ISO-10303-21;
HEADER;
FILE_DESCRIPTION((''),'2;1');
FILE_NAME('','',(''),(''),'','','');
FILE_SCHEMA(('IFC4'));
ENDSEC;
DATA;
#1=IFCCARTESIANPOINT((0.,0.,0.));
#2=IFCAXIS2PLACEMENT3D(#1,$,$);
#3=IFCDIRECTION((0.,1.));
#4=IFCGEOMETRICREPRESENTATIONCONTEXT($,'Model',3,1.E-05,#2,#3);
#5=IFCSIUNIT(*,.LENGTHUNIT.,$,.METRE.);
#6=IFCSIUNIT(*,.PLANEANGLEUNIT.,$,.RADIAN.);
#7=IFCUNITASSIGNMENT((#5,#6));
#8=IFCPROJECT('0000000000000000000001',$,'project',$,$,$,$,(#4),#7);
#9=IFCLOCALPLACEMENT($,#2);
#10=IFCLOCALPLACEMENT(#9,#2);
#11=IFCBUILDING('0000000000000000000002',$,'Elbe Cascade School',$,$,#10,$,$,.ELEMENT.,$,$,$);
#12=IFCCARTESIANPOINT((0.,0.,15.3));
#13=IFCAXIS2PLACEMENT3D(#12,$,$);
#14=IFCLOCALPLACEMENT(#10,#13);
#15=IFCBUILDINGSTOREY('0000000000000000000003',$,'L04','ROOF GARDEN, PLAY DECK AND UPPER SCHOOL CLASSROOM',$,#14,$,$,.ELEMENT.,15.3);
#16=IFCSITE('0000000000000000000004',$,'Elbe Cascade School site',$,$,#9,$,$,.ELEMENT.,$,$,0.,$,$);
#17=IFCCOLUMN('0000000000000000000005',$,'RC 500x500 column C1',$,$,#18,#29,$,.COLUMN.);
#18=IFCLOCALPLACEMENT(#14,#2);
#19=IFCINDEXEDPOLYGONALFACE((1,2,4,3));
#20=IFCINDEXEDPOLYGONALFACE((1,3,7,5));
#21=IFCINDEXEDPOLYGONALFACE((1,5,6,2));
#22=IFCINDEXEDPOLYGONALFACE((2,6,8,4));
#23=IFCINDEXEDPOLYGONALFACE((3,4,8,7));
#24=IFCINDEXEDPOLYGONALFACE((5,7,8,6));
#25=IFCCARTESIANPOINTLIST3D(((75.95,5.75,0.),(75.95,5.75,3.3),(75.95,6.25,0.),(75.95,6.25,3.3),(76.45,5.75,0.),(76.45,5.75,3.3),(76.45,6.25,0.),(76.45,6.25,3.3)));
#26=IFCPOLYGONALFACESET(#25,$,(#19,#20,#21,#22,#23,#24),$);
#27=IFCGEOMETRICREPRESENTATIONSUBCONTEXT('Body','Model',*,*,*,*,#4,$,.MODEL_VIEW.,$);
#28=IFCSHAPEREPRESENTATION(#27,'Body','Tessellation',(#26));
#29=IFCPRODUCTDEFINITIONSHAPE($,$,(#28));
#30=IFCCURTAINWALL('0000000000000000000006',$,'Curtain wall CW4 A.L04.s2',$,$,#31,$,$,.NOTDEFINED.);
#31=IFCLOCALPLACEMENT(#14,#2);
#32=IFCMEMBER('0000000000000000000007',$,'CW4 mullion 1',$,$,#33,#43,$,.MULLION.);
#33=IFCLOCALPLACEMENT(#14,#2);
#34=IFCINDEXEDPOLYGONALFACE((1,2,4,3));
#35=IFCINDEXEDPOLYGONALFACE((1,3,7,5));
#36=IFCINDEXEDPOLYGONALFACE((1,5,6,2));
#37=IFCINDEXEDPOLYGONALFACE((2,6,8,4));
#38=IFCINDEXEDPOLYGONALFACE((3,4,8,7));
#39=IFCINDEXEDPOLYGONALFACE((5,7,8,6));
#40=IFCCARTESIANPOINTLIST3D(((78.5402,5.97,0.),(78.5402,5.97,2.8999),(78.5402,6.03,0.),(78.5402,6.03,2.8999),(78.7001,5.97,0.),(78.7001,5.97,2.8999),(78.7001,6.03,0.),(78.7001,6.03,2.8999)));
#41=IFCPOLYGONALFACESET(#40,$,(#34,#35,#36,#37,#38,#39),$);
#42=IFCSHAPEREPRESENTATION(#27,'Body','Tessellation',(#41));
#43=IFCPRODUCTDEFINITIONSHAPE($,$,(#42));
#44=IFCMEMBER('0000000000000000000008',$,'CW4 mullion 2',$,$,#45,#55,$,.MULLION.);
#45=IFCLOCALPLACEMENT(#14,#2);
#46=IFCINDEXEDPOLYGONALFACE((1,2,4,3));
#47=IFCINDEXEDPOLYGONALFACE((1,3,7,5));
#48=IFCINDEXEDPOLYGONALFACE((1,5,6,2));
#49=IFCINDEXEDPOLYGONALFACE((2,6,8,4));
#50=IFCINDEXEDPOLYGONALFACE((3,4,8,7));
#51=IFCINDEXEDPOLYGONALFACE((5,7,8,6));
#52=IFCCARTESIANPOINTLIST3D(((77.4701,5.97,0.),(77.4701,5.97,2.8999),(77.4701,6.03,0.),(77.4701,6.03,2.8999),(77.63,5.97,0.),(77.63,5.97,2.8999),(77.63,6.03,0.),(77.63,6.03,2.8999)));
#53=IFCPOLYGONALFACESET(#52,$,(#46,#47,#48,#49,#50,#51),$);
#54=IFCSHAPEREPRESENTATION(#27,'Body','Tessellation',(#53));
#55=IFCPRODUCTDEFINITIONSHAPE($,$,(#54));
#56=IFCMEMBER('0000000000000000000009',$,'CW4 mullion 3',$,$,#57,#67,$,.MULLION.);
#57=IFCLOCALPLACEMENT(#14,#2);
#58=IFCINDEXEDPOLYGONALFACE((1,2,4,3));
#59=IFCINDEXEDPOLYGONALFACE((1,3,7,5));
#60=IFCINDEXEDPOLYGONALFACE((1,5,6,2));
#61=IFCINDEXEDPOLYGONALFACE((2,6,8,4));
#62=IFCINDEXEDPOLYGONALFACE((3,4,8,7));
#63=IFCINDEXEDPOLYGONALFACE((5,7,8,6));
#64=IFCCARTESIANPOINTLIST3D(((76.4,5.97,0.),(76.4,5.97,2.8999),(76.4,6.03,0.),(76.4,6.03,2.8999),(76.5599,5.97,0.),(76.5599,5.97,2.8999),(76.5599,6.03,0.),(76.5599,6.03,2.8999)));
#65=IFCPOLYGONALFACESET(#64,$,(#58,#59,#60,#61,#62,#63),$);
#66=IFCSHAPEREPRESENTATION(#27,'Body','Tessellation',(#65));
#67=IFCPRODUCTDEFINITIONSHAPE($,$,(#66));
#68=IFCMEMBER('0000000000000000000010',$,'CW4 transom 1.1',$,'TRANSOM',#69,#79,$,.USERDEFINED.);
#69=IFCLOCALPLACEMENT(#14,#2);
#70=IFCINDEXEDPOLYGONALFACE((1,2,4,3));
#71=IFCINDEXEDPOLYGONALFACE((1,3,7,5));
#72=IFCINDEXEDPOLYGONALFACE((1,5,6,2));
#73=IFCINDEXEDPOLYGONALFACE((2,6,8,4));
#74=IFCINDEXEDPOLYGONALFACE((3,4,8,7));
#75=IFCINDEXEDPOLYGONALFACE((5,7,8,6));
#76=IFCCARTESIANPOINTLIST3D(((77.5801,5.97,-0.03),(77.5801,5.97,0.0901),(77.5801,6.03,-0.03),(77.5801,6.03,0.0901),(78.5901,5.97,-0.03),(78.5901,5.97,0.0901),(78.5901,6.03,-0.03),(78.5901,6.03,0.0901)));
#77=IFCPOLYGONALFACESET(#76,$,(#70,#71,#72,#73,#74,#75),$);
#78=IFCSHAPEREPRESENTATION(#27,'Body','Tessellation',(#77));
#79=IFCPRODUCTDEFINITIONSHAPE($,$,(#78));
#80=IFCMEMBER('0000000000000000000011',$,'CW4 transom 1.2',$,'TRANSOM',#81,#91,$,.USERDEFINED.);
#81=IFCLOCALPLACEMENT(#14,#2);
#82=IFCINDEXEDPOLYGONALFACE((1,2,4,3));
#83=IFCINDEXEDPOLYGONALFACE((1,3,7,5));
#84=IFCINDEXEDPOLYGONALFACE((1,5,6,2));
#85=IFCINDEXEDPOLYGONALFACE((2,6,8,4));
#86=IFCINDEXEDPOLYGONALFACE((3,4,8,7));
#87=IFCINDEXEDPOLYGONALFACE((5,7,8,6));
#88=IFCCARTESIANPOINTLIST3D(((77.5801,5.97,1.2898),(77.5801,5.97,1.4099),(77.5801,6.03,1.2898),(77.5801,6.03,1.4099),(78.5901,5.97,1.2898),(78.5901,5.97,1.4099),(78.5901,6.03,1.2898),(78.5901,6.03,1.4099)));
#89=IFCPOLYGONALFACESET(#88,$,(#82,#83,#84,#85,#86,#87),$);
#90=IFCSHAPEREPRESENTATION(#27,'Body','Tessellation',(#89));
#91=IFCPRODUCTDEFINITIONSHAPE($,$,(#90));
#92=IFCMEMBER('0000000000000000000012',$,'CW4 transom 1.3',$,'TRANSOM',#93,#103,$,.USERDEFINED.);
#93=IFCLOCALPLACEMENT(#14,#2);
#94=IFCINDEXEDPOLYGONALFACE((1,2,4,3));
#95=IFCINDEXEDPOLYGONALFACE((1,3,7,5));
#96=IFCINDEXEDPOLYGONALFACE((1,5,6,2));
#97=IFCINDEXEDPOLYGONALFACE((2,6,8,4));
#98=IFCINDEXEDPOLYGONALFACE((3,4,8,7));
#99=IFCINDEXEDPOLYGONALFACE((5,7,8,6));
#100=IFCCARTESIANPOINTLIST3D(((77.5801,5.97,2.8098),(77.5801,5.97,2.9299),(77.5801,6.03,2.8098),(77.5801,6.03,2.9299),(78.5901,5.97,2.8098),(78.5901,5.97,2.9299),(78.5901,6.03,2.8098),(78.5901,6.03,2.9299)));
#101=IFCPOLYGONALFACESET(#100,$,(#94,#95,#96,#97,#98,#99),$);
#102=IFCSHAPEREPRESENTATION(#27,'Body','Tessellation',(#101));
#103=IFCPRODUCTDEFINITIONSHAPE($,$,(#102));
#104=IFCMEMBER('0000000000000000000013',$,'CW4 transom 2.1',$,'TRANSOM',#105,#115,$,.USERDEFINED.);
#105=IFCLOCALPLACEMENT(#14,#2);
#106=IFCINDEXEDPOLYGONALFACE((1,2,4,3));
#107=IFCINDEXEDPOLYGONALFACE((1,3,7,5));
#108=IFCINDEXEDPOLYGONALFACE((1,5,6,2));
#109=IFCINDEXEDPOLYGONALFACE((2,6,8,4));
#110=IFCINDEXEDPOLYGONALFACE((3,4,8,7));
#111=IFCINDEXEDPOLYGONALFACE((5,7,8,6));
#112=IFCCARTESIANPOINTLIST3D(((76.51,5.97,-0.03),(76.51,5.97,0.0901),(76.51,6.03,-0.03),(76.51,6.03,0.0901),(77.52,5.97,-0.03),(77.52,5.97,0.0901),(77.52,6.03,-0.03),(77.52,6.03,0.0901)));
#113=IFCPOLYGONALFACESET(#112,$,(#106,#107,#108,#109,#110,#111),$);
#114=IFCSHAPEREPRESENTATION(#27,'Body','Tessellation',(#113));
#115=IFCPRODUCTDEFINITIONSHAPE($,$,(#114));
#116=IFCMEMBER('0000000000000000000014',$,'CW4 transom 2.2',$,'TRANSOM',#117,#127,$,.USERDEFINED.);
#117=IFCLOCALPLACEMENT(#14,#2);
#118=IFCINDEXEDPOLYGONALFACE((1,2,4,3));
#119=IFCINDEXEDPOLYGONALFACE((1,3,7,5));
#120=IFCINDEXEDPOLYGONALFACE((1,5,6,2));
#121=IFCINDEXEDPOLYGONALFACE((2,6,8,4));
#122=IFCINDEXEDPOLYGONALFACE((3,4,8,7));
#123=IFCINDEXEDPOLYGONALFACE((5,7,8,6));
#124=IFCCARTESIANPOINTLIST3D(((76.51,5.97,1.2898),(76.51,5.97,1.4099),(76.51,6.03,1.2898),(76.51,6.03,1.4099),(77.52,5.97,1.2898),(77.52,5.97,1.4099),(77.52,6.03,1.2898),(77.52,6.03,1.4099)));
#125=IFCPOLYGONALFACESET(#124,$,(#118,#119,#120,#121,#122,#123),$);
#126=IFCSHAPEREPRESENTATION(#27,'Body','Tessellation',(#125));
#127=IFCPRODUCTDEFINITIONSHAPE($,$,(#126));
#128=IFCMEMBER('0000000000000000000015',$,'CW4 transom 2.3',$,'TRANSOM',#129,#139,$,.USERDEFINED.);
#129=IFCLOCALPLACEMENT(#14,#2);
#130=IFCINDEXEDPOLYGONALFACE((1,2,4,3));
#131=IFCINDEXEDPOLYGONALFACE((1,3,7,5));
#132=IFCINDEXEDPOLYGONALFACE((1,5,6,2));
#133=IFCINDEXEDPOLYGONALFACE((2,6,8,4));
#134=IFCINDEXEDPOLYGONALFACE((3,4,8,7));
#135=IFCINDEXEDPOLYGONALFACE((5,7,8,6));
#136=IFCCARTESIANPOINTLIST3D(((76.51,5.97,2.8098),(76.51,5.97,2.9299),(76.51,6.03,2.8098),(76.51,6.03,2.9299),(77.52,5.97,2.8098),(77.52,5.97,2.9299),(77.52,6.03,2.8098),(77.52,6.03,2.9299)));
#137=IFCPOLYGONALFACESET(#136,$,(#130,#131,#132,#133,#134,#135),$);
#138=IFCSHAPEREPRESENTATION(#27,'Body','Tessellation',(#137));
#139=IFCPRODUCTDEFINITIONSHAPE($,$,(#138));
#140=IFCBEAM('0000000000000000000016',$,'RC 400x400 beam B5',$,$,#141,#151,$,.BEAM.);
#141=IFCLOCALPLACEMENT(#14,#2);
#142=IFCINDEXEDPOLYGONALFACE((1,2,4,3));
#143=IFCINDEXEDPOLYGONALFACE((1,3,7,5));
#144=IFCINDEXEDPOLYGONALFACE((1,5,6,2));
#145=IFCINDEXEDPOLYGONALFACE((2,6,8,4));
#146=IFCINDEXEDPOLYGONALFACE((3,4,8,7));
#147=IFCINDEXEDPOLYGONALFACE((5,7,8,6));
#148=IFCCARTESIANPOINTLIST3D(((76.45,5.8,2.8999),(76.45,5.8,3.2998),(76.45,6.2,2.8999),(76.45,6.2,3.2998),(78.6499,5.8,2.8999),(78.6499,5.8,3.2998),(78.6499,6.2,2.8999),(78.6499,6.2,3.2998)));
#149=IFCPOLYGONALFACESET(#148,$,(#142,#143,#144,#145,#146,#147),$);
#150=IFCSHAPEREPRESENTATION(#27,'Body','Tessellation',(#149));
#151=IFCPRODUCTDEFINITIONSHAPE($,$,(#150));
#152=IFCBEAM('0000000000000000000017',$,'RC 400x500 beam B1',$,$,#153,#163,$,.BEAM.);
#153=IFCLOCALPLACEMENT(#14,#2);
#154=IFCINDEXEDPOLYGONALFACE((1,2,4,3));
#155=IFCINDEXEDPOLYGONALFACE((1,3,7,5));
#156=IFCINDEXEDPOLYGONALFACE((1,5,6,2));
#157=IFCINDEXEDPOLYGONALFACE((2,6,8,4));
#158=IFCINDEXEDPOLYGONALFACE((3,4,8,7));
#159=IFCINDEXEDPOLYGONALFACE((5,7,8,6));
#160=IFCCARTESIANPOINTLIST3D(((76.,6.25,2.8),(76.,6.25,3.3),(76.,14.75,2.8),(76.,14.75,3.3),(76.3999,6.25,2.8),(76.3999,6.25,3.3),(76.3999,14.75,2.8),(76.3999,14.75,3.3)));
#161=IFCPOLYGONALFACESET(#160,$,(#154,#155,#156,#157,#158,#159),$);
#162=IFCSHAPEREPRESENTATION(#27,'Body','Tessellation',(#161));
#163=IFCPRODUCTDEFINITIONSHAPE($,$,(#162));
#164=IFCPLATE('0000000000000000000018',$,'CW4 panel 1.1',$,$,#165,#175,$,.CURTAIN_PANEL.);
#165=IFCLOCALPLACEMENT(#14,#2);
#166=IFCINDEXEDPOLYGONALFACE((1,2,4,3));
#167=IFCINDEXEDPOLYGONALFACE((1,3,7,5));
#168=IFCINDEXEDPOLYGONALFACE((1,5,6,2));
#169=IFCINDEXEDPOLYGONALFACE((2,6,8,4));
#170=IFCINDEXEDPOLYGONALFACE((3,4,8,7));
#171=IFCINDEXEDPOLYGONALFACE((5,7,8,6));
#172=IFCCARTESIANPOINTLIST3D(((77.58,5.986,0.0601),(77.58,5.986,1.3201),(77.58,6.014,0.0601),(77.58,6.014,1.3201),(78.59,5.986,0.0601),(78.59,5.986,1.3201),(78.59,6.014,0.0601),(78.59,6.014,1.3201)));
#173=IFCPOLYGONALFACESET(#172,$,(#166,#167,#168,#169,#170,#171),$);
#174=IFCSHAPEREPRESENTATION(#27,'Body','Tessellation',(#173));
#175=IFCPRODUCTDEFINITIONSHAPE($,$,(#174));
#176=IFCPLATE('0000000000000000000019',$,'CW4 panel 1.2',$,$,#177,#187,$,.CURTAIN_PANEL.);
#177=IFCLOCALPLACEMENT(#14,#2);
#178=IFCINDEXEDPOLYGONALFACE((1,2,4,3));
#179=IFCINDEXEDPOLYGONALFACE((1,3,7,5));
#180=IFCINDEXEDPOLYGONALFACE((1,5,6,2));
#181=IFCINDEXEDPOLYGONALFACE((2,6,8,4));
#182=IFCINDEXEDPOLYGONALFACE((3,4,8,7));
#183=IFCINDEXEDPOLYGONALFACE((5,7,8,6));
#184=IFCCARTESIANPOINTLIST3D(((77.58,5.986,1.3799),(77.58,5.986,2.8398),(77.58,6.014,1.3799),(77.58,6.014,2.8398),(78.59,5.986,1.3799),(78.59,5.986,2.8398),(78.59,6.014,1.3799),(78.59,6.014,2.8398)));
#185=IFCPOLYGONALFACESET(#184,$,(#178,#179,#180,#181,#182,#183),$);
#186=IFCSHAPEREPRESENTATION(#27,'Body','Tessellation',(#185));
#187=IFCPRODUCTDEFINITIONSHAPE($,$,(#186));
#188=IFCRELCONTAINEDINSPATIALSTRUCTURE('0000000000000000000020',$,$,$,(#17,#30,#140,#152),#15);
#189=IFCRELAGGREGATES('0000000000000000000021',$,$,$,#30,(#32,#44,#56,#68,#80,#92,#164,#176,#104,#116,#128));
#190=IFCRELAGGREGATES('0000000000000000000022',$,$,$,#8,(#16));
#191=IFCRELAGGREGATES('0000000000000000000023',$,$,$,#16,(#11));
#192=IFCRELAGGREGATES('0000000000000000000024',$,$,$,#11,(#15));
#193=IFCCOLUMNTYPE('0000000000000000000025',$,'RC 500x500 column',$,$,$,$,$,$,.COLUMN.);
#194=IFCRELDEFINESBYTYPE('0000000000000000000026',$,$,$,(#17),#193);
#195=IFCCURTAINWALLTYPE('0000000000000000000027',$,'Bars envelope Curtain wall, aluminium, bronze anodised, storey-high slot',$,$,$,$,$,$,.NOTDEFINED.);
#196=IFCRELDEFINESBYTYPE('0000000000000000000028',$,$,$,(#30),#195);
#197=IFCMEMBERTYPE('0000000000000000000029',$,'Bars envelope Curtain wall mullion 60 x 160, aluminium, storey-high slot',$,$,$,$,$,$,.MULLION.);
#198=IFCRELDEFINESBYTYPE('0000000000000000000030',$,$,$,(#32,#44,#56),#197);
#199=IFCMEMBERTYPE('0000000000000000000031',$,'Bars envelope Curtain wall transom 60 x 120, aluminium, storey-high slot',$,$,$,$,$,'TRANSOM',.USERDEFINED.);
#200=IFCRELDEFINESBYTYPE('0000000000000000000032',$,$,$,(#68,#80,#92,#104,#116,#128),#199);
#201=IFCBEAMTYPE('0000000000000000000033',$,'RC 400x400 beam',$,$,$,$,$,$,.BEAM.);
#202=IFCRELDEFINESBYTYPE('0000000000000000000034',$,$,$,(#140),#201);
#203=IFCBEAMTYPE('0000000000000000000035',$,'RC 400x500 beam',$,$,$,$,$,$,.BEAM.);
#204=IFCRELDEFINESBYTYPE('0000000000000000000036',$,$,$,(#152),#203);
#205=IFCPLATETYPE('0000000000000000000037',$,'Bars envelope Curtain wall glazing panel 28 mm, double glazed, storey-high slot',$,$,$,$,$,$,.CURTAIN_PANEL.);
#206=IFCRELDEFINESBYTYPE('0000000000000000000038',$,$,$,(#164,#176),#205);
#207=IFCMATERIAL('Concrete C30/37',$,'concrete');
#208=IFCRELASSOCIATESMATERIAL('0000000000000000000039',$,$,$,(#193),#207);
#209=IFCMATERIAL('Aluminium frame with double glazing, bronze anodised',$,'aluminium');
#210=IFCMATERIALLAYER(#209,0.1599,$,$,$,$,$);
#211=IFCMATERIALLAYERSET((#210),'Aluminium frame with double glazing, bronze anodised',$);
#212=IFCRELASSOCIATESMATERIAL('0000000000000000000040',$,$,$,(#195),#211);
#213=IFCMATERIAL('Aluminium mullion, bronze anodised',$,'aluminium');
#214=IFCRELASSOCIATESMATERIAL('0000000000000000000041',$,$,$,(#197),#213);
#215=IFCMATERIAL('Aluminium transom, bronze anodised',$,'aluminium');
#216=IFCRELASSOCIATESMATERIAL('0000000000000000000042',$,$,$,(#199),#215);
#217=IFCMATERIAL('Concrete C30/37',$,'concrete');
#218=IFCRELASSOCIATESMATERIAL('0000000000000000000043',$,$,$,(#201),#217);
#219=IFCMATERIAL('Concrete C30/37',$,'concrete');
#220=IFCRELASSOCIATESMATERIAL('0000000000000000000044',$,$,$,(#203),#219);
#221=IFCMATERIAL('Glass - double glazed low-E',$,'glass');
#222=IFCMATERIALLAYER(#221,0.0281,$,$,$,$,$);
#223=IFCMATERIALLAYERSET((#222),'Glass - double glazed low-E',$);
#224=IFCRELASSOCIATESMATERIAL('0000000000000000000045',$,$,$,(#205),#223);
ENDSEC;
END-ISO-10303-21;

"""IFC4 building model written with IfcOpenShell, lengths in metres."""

from ifc_helpers import new_model, si_unit, direction, frame, origin, origin_2d, place, context, subcontext, project, spatial, rectangle, extrude, material, layer, layer_set, material_profile, profile_set, type_object, element, aggregate, save


model = new_model("IFC4")

# Units and contexts
model_context = context("Model", 3, precision=1e-05, world=origin(), true_north=direction((0.0, 1.0)))
body_context = subcontext(model_context, "Body", "Model", "MODEL_VIEW")
ifc_project = project(units=[si_unit("LENGTHUNIT", "METRE"), si_unit("PLANEANGLEUNIT", "RADIAN")], contexts=[model_context])

# Site, building, storey
site_placement = place(None, origin())
site = spatial("IfcSite", under=ifc_project, at=site_placement, Name="Elbe Cascade School site", CompositionType="ELEMENT", RefElevation=0.0)
building_placement = place(site_placement, origin())
building = spatial("IfcBuilding", under=site, at=building_placement, Name="Elbe Cascade School", CompositionType="ELEMENT")
storey_placement = place(building_placement, frame((0.0, 0.0, 15.3)))
storey = spatial("IfcBuildingStorey", under=building, at=storey_placement, Name="L04", Description="ROOF GARDEN, PLAY DECK AND UPPER SCHOOL CLASSROOM", CompositionType="ELEMENT", Elevation=15.3)

# Column
ifc_material_1 = material(Name="Concrete C30/37", Category="concrete")
ifc_material_profile_1 = material_profile(ifc_material_1, rectangle(XDim=0.5, YDim=0.5, at=origin_2d()), Name="RC 500x500")
ifc_profile_set_1 = profile_set([ifc_material_profile_1], Name="Concrete C30/37")
column_type = type_object("IfcColumnType", Name="RC 500x500 column", PredefinedType="COLUMN", material=ifc_profile_set_1)
column_placement = place(storey_placement, frame((76.2, 6.0, 0.0), z_axis=(0.0, 0.0, 1.0), x_axis=(1.0, 0.0, 0.0)))
element("IfcColumn", 1, at=column_placement, inside=storey, type_object=column_type, Name="RC 500x500 column C1", PredefinedType="COLUMN", context=body_context, shape_type="SweptSolid", body=[
    extrude(rectangle(XDim=0.5, YDim=0.5, at=origin_2d()), origin(), (0.0, 0.0, 1.0), 3.3),
])

# Curtain wall, members
ifc_material_2 = material(Name="Aluminium frame with double glazing, bronze anodised", Category="aluminium")
ifc_layer_1 = layer(ifc_material_2, 0.1599)
ifc_layer_set_1 = layer_set([ifc_layer_1], Name="Aluminium frame with double glazing, bronze anodised")
curtain_wall_type = type_object("IfcCurtainWallType", Name="Bars envelope Curtain wall, aluminium, bronze anodised, storey-high slot", PredefinedType="NOTDEFINED", material=ifc_layer_set_1)
curtain_wall_placement = place(storey_placement, origin())
curtain_wall = element("IfcCurtainWall", 2, at=curtain_wall_placement, inside=storey, type_object=curtain_wall_type, Name="Curtain wall CW4 A.L04.s2", PredefinedType="NOTDEFINED")
ifc_material_3 = material(Name="Aluminium mullion, bronze anodised", Category="aluminium")
ifc_material_profile_2 = material_profile(ifc_material_3, rectangle(XDim=0.0601, YDim=0.1599, at=origin_2d()), Name="Bars envelope Curtain wall mullion 60 x 160, aluminium, storey-high slot")
ifc_profile_set_2 = profile_set([ifc_material_profile_2], Name="Aluminium mullion, bronze anodised")
member_type_1 = type_object("IfcMemberType", Name="Bars envelope Curtain wall mullion 60 x 160, aluminium, storey-high slot", PredefinedType="MULLION", material=ifc_profile_set_2)
member_1_placement = place(storey_placement, frame((78.6201, 6.0, 0.0), z_axis=(0.0, 0.0, 1.0), x_axis=(0.0, -1.0, 0.0)))
member_1 = element("IfcMember", 3, at=member_1_placement, type_object=member_type_1, Name="CW4 mullion 1", PredefinedType="MULLION", context=body_context, shape_type="SweptSolid", body=[
    extrude(rectangle(XDim=0.0601, YDim=0.1599, at=origin_2d()), origin(), (0.0, 0.0, 1.0), 2.8999),
])
member_2_placement = place(storey_placement, frame((77.55, 6.0, 0.0), z_axis=(0.0, 0.0, 1.0), x_axis=(0.0, -1.0, 0.0)))
member_2 = element("IfcMember", 4, at=member_2_placement, type_object=member_type_1, Name="CW4 mullion 2", PredefinedType="MULLION", context=body_context, shape_type="SweptSolid", body=[
    extrude(rectangle(XDim=0.0601, YDim=0.1599, at=origin_2d()), origin(), (0.0, 0.0, 1.0), 2.8999),
])
member_3_placement = place(storey_placement, frame((76.48, 6.0, 0.0), z_axis=(0.0, 0.0, 1.0), x_axis=(0.0, -1.0, 0.0)))
member_3 = element("IfcMember", 5, at=member_3_placement, type_object=member_type_1, Name="CW4 mullion 3", PredefinedType="MULLION", context=body_context, shape_type="SweptSolid", body=[
    extrude(rectangle(XDim=0.0601, YDim=0.1599, at=origin_2d()), origin(), (0.0, 0.0, 1.0), 2.8999),
])
ifc_material_4 = material(Name="Aluminium transom, bronze anodised", Category="aluminium")
ifc_material_profile_3 = material_profile(ifc_material_4, rectangle(XDim=0.0601, YDim=0.1201, at=origin_2d()), Name="Bars envelope Curtain wall transom 60 x 120, aluminium, storey-high slot")
ifc_profile_set_3 = profile_set([ifc_material_profile_3], Name="Aluminium transom, bronze anodised")
member_type_2 = type_object("IfcMemberType", Name="Bars envelope Curtain wall transom 60 x 120, aluminium, storey-high slot", ElementType="TRANSOM", PredefinedType="USERDEFINED", material=ifc_profile_set_3)
member_4_placement = place(storey_placement, frame((78.5901, 6.0, 0.03), z_axis=(-1.0, 0.0, 0.0), x_axis=(0.0, -1.0, 0.0)))
member_4 = element("IfcMember", 6, at=member_4_placement, type_object=member_type_2, Name="CW4 transom 1.1", ObjectType="TRANSOM", PredefinedType="USERDEFINED", context=body_context, shape_type="SweptSolid", body=[
    extrude(rectangle(XDim=0.0601, YDim=0.1201, at=origin_2d()), origin(), (0.0, 0.0, 1.0), 1.01),
])
member_5_placement = place(storey_placement, frame((78.5901, 6.0, 1.3499), z_axis=(-1.0, 0.0, 0.0), x_axis=(0.0, -1.0, 0.0)))
member_5 = element("IfcMember", 7, at=member_5_placement, type_object=member_type_2, Name="CW4 transom 1.2", ObjectType="TRANSOM", PredefinedType="USERDEFINED", context=body_context, shape_type="SweptSolid", body=[
    extrude(rectangle(XDim=0.0601, YDim=0.1201, at=origin_2d()), origin(), (0.0, 0.0, 1.0), 1.01),
])
member_6_placement = place(storey_placement, frame((78.5901, 6.0, 2.8699), z_axis=(-1.0, 0.0, 0.0), x_axis=(0.0, -1.0, 0.0)))
member_6 = element("IfcMember", 8, at=member_6_placement, type_object=member_type_2, Name="CW4 transom 1.3", ObjectType="TRANSOM", PredefinedType="USERDEFINED", context=body_context, shape_type="SweptSolid", body=[
    extrude(rectangle(XDim=0.0601, YDim=0.1201, at=origin_2d()), origin(), (0.0, 0.0, 1.0), 1.01),
])
member_7_placement = place(storey_placement, frame((77.52, 6.0, 0.03), z_axis=(-1.0, 0.0, 0.0), x_axis=(0.0, -1.0, 0.0)))
member_7 = element("IfcMember", 9, at=member_7_placement, type_object=member_type_2, Name="CW4 transom 2.1", ObjectType="TRANSOM", PredefinedType="USERDEFINED", context=body_context, shape_type="SweptSolid", body=[
    extrude(rectangle(XDim=0.0601, YDim=0.1201, at=origin_2d()), origin(), (0.0, 0.0, 1.0), 1.01),
])
member_8_placement = place(storey_placement, frame((77.52, 6.0, 1.3499), z_axis=(-1.0, 0.0, 0.0), x_axis=(0.0, -1.0, 0.0)))
member_8 = element("IfcMember", 10, at=member_8_placement, type_object=member_type_2, Name="CW4 transom 2.2", ObjectType="TRANSOM", PredefinedType="USERDEFINED", context=body_context, shape_type="SweptSolid", body=[
    extrude(rectangle(XDim=0.0601, YDim=0.1201, at=origin_2d()), origin(), (0.0, 0.0, 1.0), 1.01),
])
member_9_placement = place(storey_placement, frame((77.52, 6.0, 2.8699), z_axis=(-1.0, 0.0, 0.0), x_axis=(0.0, -1.0, 0.0)))
member_9 = element("IfcMember", 11, at=member_9_placement, type_object=member_type_2, Name="CW4 transom 2.3", ObjectType="TRANSOM", PredefinedType="USERDEFINED", context=body_context, shape_type="SweptSolid", body=[
    extrude(rectangle(XDim=0.0601, YDim=0.1201, at=origin_2d()), origin(), (0.0, 0.0, 1.0), 1.01),
])

# Beams
ifc_material_5 = material(Name="Concrete C30/37", Category="concrete")
ifc_material_profile_4 = material_profile(ifc_material_5, rectangle(XDim=0.3999, YDim=0.3999, at=origin_2d()), Name="RC 400x400")
ifc_profile_set_4 = profile_set([ifc_material_profile_4], Name="Concrete C30/37")
beam_type_1 = type_object("IfcBeamType", Name="RC 400x400 beam", PredefinedType="BEAM", material=ifc_profile_set_4)
beam_1_placement = place(storey_placement, frame((76.45, 6.0, 3.0999), z_axis=(1.0, 0.0, 0.0), x_axis=(0.0, 1.0, 0.0)))
element("IfcBeam", 12, at=beam_1_placement, inside=storey, type_object=beam_type_1, Name="RC 400x400 beam B5", PredefinedType="BEAM", context=body_context, shape_type="SweptSolid", body=[
    extrude(rectangle(XDim=0.3999, YDim=0.3999, at=origin_2d()), origin(), (0.0, 0.0, 1.0), 2.2),
])
ifc_material_6 = material(Name="Concrete C30/37", Category="concrete")
ifc_material_profile_5 = material_profile(ifc_material_6, rectangle(XDim=0.3999, YDim=0.5, at=origin_2d()), Name="RC 400x500")
ifc_profile_set_5 = profile_set([ifc_material_profile_5], Name="Concrete C30/37")
beam_type_2 = type_object("IfcBeamType", Name="RC 400x500 beam", PredefinedType="BEAM", material=ifc_profile_set_5)
beam_2_placement = place(storey_placement, frame((76.2, 6.25, 3.05), z_axis=(0.0, 1.0, 0.0), x_axis=(-1.0, 0.0, 0.0)))
element("IfcBeam", 13, at=beam_2_placement, inside=storey, type_object=beam_type_2, Name="RC 400x500 beam B1", PredefinedType="BEAM", context=body_context, shape_type="SweptSolid", body=[
    extrude(rectangle(XDim=0.3999, YDim=0.5, at=origin_2d()), origin(), (0.0, 0.0, 1.0), 8.5),
])

# Plates
ifc_material_7 = material(Name="Glass - double glazed low-E", Category="glass")
ifc_layer_2 = layer(ifc_material_7, 0.0281)
ifc_layer_set_2 = layer_set([ifc_layer_2], Name="Glass - double glazed low-E")
plate_type = type_object("IfcPlateType", Name="Bars envelope Curtain wall glazing panel 28 mm, double glazed, storey-high slot", PredefinedType="CURTAIN_PANEL", material=ifc_layer_set_2)
plate_1_placement = place(storey_placement, frame((78.085, 6.0, 0.0601), z_axis=(0.0, 0.0, 1.0), x_axis=(-1.0, 0.0, 0.0)))
plate_1 = element("IfcPlate", 14, at=plate_1_placement, type_object=plate_type, Name="CW4 panel 1.1", PredefinedType="CURTAIN_PANEL", context=body_context, shape_type="SweptSolid", body=[
    extrude(rectangle(XDim=1.01, YDim=0.0281, at=origin_2d()), origin(), (0.0, 0.0, 1.0), 1.26),
])
plate_2_placement = place(storey_placement, frame((78.085, 6.0, 1.3799), z_axis=(0.0, 0.0, 1.0), x_axis=(-1.0, 0.0, 0.0)))
plate_2 = element("IfcPlate", 15, at=plate_2_placement, type_object=plate_type, Name="CW4 panel 1.2", PredefinedType="CURTAIN_PANEL", context=body_context, shape_type="SweptSolid", body=[
    extrude(rectangle(XDim=1.01, YDim=0.0281, at=origin_2d()), origin(), (0.0, 0.0, 1.0), 1.46),
])
aggregate(curtain_wall, [member_1, member_2, member_3, member_4, member_5, member_6, plate_1, plate_2, member_7, member_8, member_9])

save(model, "model.ifc")
